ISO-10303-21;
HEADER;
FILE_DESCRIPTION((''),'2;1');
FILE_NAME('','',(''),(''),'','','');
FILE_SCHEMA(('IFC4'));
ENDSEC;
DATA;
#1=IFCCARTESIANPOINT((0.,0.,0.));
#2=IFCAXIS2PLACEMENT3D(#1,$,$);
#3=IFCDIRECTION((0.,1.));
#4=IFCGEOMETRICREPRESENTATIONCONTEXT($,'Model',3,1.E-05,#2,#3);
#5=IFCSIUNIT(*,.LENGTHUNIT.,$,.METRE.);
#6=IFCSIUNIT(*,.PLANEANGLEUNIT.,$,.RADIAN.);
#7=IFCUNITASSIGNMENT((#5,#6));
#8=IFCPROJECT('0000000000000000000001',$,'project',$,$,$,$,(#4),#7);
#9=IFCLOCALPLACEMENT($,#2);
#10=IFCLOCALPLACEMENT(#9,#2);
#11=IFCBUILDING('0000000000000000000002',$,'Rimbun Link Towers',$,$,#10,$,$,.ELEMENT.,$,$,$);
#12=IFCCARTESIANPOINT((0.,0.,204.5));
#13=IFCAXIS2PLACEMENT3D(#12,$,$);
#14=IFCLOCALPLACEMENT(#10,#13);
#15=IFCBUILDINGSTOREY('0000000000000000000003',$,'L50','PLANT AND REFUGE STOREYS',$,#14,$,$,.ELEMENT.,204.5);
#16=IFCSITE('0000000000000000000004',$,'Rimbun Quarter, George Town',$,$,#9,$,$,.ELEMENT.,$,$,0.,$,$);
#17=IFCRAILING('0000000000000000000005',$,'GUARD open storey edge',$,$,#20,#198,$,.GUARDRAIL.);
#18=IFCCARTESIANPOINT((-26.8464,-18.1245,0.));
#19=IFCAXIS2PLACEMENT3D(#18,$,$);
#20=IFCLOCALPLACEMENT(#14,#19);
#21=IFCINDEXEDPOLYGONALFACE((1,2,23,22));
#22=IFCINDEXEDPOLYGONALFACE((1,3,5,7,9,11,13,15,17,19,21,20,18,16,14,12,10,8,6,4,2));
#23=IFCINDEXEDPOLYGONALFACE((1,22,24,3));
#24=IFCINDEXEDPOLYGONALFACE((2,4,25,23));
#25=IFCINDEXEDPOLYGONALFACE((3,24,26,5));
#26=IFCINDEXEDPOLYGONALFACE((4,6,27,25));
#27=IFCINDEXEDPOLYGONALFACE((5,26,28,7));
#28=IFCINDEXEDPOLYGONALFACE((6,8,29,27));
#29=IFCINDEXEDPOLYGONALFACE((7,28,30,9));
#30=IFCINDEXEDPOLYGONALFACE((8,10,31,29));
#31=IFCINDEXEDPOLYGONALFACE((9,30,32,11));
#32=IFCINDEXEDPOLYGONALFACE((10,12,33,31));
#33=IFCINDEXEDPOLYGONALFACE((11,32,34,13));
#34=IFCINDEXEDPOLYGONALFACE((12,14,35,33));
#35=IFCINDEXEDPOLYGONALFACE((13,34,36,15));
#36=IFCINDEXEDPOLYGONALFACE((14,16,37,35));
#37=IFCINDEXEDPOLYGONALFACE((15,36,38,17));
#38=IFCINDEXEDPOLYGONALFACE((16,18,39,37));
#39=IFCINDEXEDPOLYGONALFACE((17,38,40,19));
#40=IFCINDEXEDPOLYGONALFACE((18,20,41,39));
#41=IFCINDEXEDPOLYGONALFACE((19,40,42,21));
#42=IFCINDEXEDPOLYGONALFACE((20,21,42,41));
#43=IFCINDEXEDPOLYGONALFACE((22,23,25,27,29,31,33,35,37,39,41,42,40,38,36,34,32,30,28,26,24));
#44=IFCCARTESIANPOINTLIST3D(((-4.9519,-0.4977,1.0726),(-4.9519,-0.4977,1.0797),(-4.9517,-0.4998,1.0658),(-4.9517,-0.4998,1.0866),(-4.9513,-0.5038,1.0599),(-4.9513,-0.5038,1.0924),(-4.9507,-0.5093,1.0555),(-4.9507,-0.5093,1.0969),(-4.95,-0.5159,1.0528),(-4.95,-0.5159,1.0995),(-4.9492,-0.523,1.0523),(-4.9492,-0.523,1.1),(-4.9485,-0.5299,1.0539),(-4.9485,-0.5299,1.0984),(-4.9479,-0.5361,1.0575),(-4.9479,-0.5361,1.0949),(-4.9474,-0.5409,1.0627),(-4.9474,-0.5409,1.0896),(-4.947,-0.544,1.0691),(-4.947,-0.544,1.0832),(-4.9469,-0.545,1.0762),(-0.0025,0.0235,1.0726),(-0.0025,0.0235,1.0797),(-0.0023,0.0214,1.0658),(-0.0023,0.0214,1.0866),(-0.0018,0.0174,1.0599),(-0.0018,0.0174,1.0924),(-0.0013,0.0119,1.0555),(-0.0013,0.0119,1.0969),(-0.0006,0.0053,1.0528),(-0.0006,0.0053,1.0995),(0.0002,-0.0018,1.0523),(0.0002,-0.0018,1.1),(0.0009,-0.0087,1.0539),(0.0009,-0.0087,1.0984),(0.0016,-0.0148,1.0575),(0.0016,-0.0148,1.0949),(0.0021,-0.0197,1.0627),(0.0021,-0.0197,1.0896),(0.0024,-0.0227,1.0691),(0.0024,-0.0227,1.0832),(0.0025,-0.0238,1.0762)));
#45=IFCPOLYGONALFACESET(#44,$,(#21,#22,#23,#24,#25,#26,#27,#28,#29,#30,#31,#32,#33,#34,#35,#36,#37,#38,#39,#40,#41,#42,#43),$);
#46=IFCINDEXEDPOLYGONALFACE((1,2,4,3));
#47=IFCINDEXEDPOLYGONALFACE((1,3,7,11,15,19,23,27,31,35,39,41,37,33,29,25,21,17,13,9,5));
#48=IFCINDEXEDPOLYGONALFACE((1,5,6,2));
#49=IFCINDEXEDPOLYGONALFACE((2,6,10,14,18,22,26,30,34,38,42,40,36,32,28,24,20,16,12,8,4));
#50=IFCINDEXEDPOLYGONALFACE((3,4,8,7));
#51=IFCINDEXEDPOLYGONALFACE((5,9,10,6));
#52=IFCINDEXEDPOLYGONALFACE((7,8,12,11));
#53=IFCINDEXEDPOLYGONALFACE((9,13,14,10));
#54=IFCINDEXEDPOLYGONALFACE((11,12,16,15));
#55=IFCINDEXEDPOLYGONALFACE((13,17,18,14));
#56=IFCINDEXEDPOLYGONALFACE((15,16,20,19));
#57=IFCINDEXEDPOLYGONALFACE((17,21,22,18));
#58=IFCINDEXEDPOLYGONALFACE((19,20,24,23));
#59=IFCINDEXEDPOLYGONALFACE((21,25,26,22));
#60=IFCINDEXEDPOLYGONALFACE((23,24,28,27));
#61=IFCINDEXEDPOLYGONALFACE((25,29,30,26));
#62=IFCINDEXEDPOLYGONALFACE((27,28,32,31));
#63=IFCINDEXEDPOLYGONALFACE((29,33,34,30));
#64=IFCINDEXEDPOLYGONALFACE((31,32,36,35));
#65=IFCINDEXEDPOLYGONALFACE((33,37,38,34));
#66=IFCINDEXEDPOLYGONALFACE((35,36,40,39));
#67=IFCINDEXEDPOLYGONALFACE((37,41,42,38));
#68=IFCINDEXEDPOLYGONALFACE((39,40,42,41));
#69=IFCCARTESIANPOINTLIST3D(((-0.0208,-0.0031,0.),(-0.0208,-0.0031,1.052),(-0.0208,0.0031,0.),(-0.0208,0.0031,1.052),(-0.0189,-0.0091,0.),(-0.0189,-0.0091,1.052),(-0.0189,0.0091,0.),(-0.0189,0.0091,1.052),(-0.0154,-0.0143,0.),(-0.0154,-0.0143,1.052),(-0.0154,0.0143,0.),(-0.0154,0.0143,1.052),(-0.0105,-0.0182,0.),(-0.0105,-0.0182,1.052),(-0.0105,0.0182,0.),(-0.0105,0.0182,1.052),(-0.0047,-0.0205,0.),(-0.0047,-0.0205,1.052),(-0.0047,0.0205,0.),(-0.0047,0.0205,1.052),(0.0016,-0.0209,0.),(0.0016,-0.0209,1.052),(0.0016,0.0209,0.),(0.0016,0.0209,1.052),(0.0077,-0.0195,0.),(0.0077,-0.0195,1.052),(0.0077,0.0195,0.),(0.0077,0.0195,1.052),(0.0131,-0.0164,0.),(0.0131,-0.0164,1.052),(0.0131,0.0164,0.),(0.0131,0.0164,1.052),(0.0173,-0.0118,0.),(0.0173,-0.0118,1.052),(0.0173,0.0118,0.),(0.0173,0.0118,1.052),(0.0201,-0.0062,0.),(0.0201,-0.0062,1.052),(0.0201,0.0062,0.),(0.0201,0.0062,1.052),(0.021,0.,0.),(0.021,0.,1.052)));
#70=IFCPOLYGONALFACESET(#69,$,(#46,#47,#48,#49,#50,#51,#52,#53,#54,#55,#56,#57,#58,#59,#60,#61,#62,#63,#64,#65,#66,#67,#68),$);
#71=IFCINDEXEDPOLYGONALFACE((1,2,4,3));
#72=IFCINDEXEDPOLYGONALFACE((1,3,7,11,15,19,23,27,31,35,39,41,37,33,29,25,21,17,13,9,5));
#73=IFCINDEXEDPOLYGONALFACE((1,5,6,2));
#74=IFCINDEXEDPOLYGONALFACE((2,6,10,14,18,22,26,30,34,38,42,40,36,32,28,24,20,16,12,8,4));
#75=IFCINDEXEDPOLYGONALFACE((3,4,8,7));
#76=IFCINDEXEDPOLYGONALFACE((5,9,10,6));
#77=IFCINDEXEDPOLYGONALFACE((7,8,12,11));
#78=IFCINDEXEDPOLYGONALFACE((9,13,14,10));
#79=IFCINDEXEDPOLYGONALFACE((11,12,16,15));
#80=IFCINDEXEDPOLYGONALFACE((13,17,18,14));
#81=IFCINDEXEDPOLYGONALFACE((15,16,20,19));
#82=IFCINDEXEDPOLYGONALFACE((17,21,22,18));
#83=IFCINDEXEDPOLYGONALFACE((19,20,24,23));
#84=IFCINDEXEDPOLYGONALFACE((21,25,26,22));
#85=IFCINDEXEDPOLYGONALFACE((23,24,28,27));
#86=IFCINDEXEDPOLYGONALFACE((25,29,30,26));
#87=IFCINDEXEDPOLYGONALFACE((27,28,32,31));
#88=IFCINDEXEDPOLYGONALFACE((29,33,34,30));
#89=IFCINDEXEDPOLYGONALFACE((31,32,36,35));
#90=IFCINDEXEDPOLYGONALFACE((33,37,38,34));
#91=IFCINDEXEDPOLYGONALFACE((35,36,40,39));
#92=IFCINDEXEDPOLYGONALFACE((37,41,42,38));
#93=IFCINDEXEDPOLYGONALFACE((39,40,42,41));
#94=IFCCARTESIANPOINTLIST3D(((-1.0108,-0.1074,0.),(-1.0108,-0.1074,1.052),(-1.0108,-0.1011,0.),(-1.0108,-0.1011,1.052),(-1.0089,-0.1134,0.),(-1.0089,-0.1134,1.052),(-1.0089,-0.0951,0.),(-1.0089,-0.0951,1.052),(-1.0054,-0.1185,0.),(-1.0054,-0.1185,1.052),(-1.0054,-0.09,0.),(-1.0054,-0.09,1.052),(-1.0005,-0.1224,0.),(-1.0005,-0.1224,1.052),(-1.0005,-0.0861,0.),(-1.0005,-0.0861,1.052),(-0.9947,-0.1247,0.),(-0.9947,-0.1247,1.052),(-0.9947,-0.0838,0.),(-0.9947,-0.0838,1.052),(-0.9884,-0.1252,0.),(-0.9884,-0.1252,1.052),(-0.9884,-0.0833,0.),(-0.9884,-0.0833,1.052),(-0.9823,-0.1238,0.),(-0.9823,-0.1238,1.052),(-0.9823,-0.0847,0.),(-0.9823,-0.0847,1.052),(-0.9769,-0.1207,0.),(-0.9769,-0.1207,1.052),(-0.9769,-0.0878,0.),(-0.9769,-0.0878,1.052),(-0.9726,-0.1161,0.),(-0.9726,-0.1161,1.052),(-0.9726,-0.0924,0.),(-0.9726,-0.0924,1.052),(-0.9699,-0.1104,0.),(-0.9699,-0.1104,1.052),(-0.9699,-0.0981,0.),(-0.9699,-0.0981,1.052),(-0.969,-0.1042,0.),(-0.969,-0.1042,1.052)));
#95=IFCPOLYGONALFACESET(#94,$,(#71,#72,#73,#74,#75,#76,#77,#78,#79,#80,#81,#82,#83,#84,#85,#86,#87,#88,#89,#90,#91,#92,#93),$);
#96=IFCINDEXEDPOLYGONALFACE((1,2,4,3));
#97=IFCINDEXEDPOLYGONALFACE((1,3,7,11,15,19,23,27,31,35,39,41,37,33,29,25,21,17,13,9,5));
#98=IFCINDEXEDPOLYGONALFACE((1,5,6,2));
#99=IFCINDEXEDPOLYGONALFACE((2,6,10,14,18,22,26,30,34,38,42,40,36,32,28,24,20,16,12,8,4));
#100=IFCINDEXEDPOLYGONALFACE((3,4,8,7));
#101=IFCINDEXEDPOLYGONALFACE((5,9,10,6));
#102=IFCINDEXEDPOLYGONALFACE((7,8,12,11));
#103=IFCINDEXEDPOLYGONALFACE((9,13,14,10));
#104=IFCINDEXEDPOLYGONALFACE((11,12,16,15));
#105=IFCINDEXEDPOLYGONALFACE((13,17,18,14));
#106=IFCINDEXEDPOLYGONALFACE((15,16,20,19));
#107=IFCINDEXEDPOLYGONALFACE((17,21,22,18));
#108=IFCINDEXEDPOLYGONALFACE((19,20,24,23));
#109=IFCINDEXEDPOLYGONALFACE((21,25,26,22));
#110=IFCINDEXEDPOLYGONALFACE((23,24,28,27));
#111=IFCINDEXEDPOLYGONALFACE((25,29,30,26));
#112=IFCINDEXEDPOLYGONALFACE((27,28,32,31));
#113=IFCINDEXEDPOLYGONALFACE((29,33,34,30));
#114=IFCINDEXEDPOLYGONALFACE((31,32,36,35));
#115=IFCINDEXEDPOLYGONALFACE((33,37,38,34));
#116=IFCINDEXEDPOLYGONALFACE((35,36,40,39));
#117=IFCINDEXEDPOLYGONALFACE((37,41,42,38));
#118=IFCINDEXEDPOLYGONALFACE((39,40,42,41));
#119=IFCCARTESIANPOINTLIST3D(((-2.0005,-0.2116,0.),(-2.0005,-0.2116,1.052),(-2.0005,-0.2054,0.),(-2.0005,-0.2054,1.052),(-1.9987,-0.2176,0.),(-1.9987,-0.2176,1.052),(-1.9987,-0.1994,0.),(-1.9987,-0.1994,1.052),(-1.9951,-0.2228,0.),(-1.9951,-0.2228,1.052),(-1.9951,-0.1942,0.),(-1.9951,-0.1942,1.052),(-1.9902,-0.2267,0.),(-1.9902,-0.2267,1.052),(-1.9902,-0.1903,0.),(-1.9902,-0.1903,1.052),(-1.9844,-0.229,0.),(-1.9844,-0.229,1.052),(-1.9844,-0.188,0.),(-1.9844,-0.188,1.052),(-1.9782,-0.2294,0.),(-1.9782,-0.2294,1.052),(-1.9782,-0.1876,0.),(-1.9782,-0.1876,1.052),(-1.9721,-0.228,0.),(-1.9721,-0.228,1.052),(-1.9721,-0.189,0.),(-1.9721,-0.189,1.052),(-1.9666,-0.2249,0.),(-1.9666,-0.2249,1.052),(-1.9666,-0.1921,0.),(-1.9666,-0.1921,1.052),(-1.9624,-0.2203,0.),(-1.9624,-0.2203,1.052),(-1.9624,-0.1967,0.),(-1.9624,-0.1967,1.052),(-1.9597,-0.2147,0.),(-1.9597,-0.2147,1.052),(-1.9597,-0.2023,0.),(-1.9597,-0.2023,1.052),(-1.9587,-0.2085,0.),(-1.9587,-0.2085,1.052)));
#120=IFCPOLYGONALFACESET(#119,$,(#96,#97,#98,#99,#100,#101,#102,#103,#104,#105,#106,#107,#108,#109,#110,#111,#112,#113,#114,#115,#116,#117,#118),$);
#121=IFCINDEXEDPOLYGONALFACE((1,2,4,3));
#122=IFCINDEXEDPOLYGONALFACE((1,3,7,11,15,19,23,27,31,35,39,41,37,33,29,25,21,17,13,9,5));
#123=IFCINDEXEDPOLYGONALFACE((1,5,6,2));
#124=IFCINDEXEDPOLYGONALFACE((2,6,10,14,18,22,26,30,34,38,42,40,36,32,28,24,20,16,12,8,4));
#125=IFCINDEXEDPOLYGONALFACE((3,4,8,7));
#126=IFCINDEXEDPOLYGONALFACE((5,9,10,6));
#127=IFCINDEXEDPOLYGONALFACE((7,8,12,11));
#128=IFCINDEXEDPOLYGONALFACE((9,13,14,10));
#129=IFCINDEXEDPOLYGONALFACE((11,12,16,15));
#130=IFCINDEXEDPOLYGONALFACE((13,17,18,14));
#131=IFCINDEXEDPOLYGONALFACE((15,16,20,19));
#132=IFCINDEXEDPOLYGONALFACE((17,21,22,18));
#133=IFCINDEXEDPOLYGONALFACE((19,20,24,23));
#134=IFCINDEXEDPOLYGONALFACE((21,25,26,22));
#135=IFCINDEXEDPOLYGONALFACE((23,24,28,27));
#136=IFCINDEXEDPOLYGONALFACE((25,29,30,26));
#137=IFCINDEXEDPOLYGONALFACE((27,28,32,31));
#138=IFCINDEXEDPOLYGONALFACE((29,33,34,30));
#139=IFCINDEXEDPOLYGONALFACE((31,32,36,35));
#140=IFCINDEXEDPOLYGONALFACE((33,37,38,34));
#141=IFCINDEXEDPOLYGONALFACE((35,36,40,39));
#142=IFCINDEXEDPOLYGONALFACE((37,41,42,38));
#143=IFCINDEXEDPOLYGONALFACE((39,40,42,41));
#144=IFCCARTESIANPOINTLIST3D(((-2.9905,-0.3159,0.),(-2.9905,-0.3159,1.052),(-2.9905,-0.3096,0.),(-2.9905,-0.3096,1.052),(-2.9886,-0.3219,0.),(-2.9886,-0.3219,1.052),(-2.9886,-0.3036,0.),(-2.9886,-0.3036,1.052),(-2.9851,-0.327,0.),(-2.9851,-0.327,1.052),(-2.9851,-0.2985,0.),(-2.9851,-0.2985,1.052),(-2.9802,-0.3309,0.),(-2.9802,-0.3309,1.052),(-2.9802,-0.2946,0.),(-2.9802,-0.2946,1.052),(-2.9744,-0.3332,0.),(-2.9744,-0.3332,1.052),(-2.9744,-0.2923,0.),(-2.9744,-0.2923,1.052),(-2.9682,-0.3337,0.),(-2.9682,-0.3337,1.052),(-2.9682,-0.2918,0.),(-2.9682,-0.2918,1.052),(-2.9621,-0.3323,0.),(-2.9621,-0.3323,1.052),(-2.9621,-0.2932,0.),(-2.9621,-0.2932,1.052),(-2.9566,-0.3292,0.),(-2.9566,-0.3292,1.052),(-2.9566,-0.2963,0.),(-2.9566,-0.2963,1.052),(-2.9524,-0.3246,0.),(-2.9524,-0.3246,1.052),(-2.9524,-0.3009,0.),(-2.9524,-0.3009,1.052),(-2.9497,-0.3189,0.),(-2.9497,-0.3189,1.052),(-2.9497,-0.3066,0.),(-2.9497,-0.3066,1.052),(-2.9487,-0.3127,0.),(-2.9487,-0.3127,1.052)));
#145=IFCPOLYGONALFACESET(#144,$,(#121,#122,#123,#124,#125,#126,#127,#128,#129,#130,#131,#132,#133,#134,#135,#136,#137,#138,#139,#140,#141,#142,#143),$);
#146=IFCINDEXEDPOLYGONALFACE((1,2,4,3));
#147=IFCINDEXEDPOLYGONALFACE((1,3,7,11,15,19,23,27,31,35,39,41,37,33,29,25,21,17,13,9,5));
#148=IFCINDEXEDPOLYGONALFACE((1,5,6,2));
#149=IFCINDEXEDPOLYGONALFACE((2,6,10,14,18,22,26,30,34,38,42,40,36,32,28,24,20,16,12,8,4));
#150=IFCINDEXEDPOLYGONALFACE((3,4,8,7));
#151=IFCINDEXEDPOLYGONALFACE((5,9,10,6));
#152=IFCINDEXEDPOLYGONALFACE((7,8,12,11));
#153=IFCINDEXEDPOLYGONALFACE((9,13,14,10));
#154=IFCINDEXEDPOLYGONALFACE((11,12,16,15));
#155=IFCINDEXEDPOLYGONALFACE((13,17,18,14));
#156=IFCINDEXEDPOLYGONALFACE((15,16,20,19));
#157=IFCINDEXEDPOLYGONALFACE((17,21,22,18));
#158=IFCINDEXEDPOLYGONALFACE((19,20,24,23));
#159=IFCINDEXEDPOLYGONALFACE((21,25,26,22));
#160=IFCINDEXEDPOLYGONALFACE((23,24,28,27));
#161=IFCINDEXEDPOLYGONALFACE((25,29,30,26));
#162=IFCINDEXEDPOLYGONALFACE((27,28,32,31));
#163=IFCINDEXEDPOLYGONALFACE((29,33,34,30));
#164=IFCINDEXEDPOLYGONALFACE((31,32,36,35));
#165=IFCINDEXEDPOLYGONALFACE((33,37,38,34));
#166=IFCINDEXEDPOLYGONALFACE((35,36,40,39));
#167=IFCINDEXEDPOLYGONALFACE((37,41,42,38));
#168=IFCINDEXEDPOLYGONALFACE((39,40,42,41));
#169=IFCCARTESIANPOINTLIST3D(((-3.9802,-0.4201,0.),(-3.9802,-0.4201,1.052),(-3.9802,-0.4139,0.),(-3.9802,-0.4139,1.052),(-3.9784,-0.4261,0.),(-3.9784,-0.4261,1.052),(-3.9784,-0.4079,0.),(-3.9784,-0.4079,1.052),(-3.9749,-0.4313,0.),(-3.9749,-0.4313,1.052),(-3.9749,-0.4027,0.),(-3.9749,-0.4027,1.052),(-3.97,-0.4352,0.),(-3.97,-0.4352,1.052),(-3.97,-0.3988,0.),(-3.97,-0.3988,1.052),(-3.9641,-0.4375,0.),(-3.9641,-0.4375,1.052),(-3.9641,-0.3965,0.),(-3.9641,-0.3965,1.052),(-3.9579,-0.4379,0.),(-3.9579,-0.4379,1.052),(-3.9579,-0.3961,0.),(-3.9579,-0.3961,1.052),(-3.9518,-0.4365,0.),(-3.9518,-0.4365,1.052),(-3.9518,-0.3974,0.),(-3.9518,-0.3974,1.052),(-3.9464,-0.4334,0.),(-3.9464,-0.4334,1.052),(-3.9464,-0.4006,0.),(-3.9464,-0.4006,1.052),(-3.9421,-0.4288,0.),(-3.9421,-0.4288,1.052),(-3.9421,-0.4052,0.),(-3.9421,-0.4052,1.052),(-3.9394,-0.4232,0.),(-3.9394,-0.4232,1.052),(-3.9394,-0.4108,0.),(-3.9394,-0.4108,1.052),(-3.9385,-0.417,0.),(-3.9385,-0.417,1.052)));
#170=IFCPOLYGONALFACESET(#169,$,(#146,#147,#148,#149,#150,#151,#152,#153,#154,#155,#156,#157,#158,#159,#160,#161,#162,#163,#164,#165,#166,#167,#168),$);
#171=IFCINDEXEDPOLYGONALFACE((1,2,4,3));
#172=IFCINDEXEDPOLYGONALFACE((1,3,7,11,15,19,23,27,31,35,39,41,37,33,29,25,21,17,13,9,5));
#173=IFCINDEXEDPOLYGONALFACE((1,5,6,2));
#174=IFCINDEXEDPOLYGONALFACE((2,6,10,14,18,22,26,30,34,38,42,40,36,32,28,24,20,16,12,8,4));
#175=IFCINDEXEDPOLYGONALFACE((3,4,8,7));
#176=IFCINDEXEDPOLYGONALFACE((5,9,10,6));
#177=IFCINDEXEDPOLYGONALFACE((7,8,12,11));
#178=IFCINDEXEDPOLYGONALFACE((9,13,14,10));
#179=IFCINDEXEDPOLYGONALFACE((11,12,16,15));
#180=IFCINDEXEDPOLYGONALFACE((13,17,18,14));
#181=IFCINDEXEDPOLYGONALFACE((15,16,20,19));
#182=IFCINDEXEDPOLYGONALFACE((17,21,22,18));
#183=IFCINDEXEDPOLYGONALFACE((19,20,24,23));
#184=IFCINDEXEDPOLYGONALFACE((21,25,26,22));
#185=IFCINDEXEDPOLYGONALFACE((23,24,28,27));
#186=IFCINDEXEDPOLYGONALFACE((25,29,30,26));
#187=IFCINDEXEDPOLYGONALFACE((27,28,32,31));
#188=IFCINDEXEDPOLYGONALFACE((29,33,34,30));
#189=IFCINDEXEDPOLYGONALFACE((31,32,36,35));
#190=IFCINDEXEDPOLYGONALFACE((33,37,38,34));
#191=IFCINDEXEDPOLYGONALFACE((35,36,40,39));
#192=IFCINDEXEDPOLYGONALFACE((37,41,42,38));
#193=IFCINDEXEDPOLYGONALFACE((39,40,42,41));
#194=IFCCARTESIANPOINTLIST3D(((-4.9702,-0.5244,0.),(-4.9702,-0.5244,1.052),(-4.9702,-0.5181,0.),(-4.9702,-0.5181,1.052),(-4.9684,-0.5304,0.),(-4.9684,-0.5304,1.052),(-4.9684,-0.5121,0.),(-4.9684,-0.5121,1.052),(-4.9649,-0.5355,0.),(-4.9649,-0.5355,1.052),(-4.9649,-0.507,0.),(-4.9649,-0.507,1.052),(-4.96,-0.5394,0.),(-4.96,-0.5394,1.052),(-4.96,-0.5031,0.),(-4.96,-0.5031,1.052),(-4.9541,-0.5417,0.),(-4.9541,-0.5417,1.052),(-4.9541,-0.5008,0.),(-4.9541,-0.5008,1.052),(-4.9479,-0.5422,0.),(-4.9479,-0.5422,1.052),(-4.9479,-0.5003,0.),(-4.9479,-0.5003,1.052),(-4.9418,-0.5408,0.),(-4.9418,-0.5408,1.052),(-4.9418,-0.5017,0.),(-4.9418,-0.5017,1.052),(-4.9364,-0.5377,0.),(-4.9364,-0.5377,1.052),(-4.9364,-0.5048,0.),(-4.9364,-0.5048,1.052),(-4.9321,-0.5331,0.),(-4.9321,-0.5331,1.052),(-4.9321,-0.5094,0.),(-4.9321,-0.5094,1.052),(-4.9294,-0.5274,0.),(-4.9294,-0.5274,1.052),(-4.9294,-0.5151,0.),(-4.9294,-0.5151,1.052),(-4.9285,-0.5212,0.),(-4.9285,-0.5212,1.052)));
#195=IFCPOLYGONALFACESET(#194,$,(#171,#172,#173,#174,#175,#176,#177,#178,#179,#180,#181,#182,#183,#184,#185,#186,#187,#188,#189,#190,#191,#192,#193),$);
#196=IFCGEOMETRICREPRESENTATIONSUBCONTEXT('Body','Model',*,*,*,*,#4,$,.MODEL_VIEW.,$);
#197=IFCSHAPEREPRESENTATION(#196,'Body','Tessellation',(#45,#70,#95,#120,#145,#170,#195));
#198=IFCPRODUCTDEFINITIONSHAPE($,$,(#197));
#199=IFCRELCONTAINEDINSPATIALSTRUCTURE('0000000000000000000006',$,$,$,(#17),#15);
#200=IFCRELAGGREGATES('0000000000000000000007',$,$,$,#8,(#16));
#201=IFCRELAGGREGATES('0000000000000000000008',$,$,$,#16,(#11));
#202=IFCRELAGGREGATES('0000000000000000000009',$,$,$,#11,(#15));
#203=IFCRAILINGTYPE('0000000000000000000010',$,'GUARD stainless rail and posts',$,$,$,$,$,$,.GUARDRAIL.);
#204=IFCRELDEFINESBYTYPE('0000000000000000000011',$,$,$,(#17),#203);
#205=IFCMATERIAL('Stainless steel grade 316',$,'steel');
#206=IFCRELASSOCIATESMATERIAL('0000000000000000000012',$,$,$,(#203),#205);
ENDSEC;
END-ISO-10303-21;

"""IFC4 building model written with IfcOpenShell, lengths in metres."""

from ifc_helpers import new_model, si_unit, direction, frame, origin, origin_2d, place, context, subcontext, project, spatial, circle, extrude, material, type_object, element, save


model = new_model("IFC4")

# Units and contexts
model_context = context("Model", 3, precision=1e-05, world=origin(), true_north=direction((0.0, 1.0)))
body_context = subcontext(model_context, "Body", "Model", "MODEL_VIEW")
ifc_project = project(units=[si_unit("LENGTHUNIT", "METRE"), si_unit("PLANEANGLEUNIT", "RADIAN")], contexts=[model_context])

# Site, building, storey
site_placement = place(None, origin())
site = spatial("IfcSite", under=ifc_project, at=site_placement, Name="Rimbun Quarter, George Town", CompositionType="ELEMENT", RefElevation=0.0)
building_placement = place(site_placement, origin())
building = spatial("IfcBuilding", under=site, at=building_placement, Name="Rimbun Link Towers", CompositionType="ELEMENT")
storey_placement = place(building_placement, frame((0.0, 0.0, 204.5)))
storey = spatial("IfcBuildingStorey", under=building, at=storey_placement, Name="L50", Description="PLANT AND REFUGE STOREYS", CompositionType="ELEMENT", Elevation=204.5)

# Railing
ifc_material_1 = material(Name="Stainless steel grade 316", Category="steel")
railing_type = type_object("IfcRailingType", Name="GUARD stainless rail and posts", PredefinedType="GUARDRAIL", material=ifc_material_1)
railing_1_placement = place(storey_placement, frame((-26.8464, -18.1245, 0.0)))
element("IfcRailing", 1, at=railing_1_placement, inside=storey, type_object=railing_type, Name="GUARD open storey edge", PredefinedType="GUARDRAIL", context=body_context, shape_type="SweptSolid", body=[
    extrude(circle(Radius=0.0239, at=origin_2d()), frame((0.0, 0.0, 1.0762), z_axis=(-0.9945, -0.104733, 0.0), x_axis=(0.104733, -0.9945, 0.0)), (0.0, 0.0, 1.0), 4.9768),
    extrude(circle(Radius=0.021, at=origin_2d()), origin(), (0.0, 0.0, 1.0), 1.052),
    extrude(circle(Radius=0.021, at=origin_2d()), frame((-0.99, -0.1042, 0.0)), (0.0, 0.0, 1.0), 1.052),
    extrude(circle(Radius=0.021, at=origin_2d()), frame((-1.9797, -0.2085, 0.0)), (0.0, 0.0, 1.0), 1.052),
    extrude(circle(Radius=0.021, at=origin_2d()), frame((-2.9697, -0.3127, 0.0)), (0.0, 0.0, 1.0), 1.052),
    extrude(circle(Radius=0.021, at=origin_2d()), frame((-3.9595, -0.417, 0.0)), (0.0, 0.0, 1.0), 1.052),
    extrude(circle(Radius=0.021, at=origin_2d()), frame((-4.9495, -0.5212, 0.0)), (0.0, 0.0, 1.0), 1.052),
])

save(model, "model.ifc")
